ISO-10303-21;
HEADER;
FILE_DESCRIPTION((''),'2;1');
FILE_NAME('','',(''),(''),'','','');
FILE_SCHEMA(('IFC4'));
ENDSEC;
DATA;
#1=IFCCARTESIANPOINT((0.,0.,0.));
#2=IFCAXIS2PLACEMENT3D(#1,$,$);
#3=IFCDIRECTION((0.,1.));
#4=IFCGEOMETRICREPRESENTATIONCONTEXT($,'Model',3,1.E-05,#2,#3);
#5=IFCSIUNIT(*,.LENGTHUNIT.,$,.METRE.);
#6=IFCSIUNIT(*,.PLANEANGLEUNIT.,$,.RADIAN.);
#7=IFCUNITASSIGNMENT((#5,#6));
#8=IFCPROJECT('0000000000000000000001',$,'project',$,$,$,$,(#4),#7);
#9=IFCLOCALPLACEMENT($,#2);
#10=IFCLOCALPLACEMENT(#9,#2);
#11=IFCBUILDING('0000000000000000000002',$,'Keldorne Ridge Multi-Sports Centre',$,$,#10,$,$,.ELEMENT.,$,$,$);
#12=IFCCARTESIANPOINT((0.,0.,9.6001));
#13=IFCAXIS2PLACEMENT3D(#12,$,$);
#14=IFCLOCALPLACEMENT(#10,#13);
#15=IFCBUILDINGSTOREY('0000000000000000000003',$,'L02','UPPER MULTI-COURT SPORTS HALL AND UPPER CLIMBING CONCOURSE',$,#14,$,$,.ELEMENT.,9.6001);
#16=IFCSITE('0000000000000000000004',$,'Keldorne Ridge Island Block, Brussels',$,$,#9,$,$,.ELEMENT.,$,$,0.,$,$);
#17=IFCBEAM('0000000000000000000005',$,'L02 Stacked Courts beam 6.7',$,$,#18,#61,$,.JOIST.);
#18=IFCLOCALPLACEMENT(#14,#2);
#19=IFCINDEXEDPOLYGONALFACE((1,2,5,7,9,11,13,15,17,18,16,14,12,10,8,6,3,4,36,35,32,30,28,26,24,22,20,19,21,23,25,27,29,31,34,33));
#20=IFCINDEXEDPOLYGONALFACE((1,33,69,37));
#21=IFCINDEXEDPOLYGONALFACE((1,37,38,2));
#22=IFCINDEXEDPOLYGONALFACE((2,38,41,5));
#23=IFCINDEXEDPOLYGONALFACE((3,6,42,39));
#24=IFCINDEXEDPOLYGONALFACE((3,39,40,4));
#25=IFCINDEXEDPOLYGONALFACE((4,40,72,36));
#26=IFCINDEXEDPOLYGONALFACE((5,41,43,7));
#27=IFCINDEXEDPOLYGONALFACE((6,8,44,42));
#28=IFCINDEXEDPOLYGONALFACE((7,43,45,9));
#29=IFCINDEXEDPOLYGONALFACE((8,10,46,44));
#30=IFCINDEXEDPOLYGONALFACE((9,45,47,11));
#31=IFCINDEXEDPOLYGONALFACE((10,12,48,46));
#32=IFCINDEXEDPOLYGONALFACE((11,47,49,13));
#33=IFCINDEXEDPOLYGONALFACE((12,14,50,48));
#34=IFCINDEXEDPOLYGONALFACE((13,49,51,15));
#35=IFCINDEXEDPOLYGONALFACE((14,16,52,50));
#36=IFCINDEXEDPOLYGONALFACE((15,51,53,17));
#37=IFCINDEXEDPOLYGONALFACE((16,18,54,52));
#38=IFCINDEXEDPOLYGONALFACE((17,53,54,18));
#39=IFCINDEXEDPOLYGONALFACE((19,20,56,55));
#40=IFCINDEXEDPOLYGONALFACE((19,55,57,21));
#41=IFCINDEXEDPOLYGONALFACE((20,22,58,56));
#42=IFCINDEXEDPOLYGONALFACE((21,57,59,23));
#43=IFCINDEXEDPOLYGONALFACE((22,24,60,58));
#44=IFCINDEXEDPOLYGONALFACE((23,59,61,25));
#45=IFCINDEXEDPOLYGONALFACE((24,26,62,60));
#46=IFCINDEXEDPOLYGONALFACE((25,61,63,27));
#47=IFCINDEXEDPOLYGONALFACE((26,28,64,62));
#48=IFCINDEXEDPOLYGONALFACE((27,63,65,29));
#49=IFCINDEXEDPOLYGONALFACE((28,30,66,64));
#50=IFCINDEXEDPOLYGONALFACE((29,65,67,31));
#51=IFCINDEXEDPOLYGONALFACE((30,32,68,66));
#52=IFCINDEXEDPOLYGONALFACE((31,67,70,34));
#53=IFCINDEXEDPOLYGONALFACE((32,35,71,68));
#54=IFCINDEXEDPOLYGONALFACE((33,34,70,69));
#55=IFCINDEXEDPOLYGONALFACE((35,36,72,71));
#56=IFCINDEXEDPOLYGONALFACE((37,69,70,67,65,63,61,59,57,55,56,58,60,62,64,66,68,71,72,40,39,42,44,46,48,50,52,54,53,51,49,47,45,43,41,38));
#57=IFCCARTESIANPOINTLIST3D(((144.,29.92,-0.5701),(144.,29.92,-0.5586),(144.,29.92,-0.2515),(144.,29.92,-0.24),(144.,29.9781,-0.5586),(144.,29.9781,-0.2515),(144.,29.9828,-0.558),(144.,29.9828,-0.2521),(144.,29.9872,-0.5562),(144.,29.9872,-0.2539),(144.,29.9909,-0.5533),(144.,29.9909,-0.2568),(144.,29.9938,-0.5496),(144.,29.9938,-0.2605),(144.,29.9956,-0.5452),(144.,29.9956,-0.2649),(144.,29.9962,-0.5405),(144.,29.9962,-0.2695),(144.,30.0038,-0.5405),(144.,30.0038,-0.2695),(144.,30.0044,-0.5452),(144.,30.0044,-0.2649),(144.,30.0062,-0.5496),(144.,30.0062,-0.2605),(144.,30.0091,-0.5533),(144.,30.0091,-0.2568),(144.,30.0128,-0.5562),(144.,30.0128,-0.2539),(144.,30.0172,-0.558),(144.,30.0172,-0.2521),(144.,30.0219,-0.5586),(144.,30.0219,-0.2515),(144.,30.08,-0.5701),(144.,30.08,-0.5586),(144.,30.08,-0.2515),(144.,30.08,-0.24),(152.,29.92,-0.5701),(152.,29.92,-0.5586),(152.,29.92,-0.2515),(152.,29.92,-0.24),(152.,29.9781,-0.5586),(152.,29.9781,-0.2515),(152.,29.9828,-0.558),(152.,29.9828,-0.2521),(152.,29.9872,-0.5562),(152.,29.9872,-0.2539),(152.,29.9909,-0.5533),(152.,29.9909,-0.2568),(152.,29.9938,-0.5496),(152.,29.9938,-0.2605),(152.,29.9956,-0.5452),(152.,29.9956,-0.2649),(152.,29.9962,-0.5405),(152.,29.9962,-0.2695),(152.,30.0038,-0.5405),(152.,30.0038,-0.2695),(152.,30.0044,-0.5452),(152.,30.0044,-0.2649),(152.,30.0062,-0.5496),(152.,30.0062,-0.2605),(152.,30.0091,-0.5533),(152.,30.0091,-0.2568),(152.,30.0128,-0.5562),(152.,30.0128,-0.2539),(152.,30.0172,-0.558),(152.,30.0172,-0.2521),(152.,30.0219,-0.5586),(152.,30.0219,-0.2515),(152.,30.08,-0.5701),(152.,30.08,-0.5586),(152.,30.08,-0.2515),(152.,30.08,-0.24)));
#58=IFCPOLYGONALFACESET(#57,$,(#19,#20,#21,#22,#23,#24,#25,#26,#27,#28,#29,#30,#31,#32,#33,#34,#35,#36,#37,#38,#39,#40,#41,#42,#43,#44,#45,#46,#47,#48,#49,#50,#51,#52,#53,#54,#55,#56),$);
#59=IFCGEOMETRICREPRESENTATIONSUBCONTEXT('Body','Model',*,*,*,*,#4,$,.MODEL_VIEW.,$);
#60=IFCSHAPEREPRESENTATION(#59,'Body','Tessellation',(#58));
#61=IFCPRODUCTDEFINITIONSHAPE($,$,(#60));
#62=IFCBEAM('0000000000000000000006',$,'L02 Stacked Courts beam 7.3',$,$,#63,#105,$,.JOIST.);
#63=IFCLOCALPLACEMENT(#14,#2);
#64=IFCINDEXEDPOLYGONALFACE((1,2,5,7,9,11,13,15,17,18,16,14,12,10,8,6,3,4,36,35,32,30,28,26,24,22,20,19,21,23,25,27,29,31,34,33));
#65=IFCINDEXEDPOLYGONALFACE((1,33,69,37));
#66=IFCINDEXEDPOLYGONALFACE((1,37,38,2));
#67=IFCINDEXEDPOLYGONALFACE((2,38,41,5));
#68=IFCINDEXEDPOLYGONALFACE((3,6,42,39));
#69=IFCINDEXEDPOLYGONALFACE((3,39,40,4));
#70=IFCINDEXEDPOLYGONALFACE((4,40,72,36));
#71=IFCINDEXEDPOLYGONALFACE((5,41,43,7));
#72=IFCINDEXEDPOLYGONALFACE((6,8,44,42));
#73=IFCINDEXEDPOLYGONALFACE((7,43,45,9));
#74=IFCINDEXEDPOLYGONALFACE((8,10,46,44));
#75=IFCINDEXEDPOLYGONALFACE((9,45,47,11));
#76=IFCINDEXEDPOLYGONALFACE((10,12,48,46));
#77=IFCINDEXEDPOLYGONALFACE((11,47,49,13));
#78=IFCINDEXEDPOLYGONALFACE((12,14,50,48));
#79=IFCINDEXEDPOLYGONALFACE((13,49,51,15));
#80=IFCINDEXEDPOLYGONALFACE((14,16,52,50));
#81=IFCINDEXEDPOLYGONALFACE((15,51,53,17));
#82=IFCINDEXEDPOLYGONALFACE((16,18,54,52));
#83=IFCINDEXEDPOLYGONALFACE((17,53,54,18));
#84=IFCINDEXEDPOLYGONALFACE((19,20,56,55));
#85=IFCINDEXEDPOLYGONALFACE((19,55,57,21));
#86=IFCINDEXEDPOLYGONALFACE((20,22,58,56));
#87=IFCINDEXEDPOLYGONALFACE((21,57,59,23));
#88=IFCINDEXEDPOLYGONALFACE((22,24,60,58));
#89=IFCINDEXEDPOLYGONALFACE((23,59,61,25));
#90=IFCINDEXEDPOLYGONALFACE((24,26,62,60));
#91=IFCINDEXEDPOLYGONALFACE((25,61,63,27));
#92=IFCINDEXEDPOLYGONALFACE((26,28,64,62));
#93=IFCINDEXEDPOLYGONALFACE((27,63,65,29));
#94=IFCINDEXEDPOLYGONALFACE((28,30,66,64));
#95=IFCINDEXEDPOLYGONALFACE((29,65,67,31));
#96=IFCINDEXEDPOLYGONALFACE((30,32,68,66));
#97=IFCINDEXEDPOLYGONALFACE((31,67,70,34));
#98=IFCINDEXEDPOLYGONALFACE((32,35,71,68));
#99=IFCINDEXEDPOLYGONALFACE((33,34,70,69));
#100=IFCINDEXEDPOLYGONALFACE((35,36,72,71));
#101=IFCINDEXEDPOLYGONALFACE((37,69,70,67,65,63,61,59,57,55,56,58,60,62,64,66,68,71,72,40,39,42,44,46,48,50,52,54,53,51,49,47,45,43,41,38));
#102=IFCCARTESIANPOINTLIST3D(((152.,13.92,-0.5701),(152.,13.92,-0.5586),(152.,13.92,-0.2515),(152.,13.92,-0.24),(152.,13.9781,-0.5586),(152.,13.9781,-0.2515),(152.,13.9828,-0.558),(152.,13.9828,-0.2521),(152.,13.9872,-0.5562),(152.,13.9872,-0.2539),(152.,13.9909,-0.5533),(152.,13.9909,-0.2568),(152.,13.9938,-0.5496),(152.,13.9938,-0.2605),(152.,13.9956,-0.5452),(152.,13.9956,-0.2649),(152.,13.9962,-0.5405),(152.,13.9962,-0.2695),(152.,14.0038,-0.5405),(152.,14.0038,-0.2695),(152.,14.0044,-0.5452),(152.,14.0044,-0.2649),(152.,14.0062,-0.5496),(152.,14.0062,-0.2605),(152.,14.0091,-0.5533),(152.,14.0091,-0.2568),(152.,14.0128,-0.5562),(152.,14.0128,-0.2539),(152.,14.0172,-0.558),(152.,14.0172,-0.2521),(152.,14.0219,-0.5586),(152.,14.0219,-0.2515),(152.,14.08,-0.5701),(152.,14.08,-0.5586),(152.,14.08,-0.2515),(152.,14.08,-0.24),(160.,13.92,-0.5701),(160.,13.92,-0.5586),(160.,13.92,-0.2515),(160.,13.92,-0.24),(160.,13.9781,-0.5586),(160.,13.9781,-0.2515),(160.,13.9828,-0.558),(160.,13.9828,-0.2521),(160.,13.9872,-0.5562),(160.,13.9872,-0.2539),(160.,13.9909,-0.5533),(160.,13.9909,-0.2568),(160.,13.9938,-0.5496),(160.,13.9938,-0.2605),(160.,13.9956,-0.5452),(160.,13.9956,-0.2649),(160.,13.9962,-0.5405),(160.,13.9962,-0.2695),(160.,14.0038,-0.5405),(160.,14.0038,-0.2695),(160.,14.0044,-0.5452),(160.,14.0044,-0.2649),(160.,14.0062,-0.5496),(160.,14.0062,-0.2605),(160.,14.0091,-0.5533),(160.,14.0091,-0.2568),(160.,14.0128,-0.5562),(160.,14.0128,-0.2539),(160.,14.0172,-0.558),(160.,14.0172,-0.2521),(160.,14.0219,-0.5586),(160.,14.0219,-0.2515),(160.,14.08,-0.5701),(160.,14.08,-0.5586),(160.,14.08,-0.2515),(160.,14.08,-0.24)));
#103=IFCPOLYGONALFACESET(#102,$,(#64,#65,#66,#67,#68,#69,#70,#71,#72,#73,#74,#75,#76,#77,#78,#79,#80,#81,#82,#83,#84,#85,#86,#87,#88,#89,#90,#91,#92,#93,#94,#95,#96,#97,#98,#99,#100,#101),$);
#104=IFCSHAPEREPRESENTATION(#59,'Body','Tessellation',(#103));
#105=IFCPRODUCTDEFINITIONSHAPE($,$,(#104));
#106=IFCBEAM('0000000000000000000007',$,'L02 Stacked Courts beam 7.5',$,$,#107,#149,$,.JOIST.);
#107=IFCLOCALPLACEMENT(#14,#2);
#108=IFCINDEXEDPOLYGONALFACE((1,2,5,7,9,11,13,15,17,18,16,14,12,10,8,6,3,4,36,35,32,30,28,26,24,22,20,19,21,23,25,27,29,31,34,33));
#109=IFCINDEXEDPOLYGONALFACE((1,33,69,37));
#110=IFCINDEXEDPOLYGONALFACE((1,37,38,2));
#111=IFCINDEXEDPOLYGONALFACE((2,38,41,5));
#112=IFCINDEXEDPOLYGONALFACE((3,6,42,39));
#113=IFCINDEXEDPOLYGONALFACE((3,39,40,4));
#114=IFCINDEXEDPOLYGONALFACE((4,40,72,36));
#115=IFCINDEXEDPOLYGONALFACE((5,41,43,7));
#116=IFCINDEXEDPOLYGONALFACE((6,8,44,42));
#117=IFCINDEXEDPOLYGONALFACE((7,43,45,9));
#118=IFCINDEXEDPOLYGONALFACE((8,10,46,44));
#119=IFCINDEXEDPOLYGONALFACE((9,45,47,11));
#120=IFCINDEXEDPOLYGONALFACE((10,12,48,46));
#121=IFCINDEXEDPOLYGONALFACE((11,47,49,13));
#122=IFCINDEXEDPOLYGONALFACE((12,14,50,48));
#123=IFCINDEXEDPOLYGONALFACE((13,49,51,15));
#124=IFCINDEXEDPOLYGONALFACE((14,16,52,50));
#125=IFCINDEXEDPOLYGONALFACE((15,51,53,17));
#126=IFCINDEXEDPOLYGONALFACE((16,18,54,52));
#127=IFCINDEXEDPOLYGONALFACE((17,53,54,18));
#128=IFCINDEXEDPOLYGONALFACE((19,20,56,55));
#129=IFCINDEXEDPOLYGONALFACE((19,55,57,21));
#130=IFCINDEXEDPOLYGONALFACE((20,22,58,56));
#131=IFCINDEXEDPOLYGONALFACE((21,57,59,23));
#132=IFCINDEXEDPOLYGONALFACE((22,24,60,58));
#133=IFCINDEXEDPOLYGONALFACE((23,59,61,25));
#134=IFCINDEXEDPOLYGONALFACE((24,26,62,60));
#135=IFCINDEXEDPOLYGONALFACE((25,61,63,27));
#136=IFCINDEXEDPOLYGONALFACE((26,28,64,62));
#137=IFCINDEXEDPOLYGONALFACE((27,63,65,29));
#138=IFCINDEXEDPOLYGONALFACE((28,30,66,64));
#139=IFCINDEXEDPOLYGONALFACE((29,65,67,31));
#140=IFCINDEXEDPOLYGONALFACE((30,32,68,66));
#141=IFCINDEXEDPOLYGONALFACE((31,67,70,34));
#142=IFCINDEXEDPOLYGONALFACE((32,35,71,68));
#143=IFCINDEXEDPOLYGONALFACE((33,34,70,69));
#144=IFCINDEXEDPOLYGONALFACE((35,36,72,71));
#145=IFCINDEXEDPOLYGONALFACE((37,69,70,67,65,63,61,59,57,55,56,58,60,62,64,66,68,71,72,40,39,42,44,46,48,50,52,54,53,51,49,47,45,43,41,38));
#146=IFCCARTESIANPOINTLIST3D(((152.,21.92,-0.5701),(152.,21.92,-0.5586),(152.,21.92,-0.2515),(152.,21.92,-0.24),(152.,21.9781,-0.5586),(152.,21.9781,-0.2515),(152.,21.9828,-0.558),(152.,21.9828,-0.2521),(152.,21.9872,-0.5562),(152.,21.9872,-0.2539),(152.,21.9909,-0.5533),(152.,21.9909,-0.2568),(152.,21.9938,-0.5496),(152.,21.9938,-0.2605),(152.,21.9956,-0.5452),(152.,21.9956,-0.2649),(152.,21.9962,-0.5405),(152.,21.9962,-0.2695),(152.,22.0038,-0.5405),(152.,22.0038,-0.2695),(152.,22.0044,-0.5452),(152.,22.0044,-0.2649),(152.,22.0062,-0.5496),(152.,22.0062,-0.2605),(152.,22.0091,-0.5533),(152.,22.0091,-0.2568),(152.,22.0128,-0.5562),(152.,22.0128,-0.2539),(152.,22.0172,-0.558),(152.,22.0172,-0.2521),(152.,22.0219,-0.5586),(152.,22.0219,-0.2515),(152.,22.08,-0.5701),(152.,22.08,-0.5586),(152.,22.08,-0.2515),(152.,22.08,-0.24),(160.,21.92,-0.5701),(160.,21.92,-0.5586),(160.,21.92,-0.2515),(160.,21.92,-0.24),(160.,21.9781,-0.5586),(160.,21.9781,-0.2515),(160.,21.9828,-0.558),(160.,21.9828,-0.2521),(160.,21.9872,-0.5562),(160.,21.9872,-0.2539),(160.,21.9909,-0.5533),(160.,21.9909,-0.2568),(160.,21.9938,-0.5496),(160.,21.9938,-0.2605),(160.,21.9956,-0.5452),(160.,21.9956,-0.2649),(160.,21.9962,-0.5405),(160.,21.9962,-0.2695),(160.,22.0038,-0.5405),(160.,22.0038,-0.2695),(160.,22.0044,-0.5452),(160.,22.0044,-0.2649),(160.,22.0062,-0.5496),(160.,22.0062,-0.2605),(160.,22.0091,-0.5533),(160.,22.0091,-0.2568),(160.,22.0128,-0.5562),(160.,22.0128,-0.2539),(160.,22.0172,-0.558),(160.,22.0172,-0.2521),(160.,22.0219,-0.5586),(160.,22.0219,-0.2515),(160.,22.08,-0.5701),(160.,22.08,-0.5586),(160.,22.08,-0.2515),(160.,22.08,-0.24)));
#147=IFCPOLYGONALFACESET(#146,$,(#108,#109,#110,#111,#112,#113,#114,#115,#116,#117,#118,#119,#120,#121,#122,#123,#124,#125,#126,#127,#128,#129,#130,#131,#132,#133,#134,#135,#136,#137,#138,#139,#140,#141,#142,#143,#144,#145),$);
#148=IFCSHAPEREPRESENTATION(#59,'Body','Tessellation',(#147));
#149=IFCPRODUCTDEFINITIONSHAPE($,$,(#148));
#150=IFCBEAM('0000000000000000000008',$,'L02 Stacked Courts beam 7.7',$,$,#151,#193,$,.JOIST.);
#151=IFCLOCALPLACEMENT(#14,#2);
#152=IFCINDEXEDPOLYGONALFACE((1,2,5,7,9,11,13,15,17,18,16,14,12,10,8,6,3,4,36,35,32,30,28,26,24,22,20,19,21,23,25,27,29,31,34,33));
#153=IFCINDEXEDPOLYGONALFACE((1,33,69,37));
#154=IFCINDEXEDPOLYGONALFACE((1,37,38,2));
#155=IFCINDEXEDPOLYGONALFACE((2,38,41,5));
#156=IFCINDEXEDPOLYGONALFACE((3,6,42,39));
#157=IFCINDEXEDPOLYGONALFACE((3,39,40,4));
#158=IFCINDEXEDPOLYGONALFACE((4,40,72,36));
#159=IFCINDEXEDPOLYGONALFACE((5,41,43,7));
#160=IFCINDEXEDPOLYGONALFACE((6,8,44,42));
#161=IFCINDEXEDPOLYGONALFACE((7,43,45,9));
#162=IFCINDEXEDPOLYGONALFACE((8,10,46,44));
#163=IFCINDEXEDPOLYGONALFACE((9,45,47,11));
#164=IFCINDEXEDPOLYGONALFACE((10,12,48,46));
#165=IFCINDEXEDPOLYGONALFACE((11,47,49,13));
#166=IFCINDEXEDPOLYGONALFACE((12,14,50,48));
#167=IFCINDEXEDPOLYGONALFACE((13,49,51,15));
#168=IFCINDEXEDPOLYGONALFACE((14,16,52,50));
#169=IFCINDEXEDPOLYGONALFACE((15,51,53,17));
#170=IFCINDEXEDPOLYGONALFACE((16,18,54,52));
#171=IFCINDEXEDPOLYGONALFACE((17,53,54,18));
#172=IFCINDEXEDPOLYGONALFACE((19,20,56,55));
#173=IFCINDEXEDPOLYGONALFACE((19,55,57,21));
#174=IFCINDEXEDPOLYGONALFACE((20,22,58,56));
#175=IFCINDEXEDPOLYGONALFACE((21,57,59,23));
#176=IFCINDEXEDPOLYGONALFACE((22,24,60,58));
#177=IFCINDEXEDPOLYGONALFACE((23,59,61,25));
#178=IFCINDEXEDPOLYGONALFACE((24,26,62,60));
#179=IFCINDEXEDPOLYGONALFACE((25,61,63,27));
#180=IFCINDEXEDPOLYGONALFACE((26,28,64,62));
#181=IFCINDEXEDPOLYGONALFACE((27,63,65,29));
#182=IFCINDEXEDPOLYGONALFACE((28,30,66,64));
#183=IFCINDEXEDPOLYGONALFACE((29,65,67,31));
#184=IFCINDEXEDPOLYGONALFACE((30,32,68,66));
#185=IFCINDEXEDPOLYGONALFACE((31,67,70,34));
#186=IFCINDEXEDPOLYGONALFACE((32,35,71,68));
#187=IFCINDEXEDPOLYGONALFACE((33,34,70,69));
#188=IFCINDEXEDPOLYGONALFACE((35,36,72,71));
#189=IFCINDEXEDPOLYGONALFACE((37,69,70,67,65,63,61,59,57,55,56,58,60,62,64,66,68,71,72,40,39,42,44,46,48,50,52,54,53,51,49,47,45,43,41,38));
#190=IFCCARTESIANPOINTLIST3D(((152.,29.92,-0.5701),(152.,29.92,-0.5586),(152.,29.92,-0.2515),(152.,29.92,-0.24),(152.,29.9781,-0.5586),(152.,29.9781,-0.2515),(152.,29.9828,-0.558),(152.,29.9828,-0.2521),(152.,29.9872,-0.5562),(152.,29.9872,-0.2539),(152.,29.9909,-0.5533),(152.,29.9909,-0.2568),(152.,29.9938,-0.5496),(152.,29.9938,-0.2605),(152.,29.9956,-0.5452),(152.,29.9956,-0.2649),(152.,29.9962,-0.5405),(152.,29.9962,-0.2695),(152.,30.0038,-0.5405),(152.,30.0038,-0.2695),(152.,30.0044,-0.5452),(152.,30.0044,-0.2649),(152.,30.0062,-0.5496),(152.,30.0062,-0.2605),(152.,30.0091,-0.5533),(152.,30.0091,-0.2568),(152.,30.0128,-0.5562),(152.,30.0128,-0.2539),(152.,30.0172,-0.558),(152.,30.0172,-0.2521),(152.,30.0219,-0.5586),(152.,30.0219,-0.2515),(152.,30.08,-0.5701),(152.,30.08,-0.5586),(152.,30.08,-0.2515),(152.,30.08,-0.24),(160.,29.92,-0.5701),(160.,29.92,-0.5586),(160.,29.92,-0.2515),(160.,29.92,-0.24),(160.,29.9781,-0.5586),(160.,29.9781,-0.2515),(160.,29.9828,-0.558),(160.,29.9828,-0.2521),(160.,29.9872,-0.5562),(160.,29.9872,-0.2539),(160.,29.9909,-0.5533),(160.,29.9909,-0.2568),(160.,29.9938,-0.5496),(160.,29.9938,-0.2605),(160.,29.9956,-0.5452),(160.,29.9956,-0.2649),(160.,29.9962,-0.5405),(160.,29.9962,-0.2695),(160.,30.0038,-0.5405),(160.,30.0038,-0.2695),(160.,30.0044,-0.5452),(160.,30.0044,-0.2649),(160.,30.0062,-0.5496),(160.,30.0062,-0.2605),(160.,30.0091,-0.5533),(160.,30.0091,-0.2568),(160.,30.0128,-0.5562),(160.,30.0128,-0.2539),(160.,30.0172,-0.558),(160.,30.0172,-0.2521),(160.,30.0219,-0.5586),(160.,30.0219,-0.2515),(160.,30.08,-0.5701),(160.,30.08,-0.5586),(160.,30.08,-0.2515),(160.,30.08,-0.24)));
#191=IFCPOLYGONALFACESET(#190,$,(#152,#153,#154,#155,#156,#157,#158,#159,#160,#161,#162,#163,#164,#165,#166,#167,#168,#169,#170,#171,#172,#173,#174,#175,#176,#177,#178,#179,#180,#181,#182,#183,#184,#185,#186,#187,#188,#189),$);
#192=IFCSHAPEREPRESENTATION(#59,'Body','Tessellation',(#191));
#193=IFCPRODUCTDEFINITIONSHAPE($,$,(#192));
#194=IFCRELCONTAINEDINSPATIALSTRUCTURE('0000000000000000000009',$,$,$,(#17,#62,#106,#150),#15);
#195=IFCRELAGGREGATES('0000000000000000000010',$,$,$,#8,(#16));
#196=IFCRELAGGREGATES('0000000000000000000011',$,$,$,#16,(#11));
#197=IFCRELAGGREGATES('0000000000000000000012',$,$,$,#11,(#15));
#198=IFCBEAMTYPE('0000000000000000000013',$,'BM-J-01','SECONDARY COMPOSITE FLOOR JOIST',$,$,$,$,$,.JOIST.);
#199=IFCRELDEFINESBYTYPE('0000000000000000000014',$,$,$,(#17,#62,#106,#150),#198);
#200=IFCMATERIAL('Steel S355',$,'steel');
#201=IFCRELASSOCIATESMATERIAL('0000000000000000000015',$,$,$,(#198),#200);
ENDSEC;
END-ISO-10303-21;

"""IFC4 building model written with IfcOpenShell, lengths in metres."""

from ifc_helpers import new_model, si_unit, direction, frame, origin, origin_2d, place, context, subcontext, project, spatial, i_section, extrude, material, material_profile, profile_set, type_object, element, save


model = new_model("IFC4")

# Units and contexts
model_context = context("Model", 3, precision=1e-05, world=origin(), true_north=direction((0.0, 1.0)))
body_context = subcontext(model_context, "Body", "Model", "MODEL_VIEW")
ifc_project = project(units=[si_unit("LENGTHUNIT", "METRE"), si_unit("PLANEANGLEUNIT", "RADIAN")], contexts=[model_context])

# Site, building, storey
site_placement = place(None, origin())
site = spatial("IfcSite", under=ifc_project, at=site_placement, Name="Keldorne Ridge Island Block, Brussels", CompositionType="ELEMENT", RefElevation=0.0)
building_placement = place(site_placement, origin())
building = spatial("IfcBuilding", under=site, at=building_placement, Name="Keldorne Ridge Multi-Sports Centre", CompositionType="ELEMENT")
storey_placement = place(building_placement, frame((0.0, 0.0, 9.6001)))
storey = spatial("IfcBuildingStorey", under=building, at=storey_placement, Name="L02", Description="UPPER MULTI-COURT SPORTS HALL AND UPPER CLIMBING CONCOURSE", CompositionType="ELEMENT", Elevation=9.6001)

# Beams
ifc_material_1 = material(Name="Steel S355", Category="steel")
ifc_material_profile_1 = material_profile(ifc_material_1, i_section(OverallWidth=0.1599, OverallDepth=0.3301, WebThickness=0.0076, FlangeThickness=0.0115, FilletRadius=0.0181, at=origin_2d()), Name="IPE 330")
ifc_profile_set_1 = profile_set([ifc_material_profile_1], Name="Steel S355")
beam_type_1 = type_object("IfcBeamType", Name="BM-J-01", Description="SECONDARY COMPOSITE FLOOR JOIST", PredefinedType="JOIST", material=ifc_profile_set_1)
for number, where, z_axis, x_axis, name in (
    (1, (144.0, 30.0, -0.405), (1.0, 0.0, 0.0), (0.0, 1.0, 0.0), "L02 Stacked Courts beam 6.7"),
    (2, (152.0, 14.0, -0.405), (1.0, 0.0, 0.0), (0.0, 1.0, 0.0), "L02 Stacked Courts beam 7.3"),
    (3, (152.0, 22.0, -0.405), (1.0, 0.0, 0.0), (0.0, 1.0, 0.0), "L02 Stacked Courts beam 7.5"),
    (4, (152.0, 30.0, -0.405), (1.0, 0.0, 0.0), (0.0, 1.0, 0.0), "L02 Stacked Courts beam 7.7"),
):
    element("IfcBeam", number, at=place(storey_placement, frame(where, z_axis=z_axis, x_axis=x_axis)), inside=storey, type_object=beam_type_1, Name=name, PredefinedType="JOIST", context=body_context, shape_type="SweptSolid", body=[
        extrude(i_section(OverallWidth=0.1599, OverallDepth=0.3301, WebThickness=0.0076, FlangeThickness=0.0115, FilletRadius=0.0181, at=origin_2d()), origin(), (0.0, 0.0, 1.0), 8.0),
    ])

save(model, "model.ifc")
